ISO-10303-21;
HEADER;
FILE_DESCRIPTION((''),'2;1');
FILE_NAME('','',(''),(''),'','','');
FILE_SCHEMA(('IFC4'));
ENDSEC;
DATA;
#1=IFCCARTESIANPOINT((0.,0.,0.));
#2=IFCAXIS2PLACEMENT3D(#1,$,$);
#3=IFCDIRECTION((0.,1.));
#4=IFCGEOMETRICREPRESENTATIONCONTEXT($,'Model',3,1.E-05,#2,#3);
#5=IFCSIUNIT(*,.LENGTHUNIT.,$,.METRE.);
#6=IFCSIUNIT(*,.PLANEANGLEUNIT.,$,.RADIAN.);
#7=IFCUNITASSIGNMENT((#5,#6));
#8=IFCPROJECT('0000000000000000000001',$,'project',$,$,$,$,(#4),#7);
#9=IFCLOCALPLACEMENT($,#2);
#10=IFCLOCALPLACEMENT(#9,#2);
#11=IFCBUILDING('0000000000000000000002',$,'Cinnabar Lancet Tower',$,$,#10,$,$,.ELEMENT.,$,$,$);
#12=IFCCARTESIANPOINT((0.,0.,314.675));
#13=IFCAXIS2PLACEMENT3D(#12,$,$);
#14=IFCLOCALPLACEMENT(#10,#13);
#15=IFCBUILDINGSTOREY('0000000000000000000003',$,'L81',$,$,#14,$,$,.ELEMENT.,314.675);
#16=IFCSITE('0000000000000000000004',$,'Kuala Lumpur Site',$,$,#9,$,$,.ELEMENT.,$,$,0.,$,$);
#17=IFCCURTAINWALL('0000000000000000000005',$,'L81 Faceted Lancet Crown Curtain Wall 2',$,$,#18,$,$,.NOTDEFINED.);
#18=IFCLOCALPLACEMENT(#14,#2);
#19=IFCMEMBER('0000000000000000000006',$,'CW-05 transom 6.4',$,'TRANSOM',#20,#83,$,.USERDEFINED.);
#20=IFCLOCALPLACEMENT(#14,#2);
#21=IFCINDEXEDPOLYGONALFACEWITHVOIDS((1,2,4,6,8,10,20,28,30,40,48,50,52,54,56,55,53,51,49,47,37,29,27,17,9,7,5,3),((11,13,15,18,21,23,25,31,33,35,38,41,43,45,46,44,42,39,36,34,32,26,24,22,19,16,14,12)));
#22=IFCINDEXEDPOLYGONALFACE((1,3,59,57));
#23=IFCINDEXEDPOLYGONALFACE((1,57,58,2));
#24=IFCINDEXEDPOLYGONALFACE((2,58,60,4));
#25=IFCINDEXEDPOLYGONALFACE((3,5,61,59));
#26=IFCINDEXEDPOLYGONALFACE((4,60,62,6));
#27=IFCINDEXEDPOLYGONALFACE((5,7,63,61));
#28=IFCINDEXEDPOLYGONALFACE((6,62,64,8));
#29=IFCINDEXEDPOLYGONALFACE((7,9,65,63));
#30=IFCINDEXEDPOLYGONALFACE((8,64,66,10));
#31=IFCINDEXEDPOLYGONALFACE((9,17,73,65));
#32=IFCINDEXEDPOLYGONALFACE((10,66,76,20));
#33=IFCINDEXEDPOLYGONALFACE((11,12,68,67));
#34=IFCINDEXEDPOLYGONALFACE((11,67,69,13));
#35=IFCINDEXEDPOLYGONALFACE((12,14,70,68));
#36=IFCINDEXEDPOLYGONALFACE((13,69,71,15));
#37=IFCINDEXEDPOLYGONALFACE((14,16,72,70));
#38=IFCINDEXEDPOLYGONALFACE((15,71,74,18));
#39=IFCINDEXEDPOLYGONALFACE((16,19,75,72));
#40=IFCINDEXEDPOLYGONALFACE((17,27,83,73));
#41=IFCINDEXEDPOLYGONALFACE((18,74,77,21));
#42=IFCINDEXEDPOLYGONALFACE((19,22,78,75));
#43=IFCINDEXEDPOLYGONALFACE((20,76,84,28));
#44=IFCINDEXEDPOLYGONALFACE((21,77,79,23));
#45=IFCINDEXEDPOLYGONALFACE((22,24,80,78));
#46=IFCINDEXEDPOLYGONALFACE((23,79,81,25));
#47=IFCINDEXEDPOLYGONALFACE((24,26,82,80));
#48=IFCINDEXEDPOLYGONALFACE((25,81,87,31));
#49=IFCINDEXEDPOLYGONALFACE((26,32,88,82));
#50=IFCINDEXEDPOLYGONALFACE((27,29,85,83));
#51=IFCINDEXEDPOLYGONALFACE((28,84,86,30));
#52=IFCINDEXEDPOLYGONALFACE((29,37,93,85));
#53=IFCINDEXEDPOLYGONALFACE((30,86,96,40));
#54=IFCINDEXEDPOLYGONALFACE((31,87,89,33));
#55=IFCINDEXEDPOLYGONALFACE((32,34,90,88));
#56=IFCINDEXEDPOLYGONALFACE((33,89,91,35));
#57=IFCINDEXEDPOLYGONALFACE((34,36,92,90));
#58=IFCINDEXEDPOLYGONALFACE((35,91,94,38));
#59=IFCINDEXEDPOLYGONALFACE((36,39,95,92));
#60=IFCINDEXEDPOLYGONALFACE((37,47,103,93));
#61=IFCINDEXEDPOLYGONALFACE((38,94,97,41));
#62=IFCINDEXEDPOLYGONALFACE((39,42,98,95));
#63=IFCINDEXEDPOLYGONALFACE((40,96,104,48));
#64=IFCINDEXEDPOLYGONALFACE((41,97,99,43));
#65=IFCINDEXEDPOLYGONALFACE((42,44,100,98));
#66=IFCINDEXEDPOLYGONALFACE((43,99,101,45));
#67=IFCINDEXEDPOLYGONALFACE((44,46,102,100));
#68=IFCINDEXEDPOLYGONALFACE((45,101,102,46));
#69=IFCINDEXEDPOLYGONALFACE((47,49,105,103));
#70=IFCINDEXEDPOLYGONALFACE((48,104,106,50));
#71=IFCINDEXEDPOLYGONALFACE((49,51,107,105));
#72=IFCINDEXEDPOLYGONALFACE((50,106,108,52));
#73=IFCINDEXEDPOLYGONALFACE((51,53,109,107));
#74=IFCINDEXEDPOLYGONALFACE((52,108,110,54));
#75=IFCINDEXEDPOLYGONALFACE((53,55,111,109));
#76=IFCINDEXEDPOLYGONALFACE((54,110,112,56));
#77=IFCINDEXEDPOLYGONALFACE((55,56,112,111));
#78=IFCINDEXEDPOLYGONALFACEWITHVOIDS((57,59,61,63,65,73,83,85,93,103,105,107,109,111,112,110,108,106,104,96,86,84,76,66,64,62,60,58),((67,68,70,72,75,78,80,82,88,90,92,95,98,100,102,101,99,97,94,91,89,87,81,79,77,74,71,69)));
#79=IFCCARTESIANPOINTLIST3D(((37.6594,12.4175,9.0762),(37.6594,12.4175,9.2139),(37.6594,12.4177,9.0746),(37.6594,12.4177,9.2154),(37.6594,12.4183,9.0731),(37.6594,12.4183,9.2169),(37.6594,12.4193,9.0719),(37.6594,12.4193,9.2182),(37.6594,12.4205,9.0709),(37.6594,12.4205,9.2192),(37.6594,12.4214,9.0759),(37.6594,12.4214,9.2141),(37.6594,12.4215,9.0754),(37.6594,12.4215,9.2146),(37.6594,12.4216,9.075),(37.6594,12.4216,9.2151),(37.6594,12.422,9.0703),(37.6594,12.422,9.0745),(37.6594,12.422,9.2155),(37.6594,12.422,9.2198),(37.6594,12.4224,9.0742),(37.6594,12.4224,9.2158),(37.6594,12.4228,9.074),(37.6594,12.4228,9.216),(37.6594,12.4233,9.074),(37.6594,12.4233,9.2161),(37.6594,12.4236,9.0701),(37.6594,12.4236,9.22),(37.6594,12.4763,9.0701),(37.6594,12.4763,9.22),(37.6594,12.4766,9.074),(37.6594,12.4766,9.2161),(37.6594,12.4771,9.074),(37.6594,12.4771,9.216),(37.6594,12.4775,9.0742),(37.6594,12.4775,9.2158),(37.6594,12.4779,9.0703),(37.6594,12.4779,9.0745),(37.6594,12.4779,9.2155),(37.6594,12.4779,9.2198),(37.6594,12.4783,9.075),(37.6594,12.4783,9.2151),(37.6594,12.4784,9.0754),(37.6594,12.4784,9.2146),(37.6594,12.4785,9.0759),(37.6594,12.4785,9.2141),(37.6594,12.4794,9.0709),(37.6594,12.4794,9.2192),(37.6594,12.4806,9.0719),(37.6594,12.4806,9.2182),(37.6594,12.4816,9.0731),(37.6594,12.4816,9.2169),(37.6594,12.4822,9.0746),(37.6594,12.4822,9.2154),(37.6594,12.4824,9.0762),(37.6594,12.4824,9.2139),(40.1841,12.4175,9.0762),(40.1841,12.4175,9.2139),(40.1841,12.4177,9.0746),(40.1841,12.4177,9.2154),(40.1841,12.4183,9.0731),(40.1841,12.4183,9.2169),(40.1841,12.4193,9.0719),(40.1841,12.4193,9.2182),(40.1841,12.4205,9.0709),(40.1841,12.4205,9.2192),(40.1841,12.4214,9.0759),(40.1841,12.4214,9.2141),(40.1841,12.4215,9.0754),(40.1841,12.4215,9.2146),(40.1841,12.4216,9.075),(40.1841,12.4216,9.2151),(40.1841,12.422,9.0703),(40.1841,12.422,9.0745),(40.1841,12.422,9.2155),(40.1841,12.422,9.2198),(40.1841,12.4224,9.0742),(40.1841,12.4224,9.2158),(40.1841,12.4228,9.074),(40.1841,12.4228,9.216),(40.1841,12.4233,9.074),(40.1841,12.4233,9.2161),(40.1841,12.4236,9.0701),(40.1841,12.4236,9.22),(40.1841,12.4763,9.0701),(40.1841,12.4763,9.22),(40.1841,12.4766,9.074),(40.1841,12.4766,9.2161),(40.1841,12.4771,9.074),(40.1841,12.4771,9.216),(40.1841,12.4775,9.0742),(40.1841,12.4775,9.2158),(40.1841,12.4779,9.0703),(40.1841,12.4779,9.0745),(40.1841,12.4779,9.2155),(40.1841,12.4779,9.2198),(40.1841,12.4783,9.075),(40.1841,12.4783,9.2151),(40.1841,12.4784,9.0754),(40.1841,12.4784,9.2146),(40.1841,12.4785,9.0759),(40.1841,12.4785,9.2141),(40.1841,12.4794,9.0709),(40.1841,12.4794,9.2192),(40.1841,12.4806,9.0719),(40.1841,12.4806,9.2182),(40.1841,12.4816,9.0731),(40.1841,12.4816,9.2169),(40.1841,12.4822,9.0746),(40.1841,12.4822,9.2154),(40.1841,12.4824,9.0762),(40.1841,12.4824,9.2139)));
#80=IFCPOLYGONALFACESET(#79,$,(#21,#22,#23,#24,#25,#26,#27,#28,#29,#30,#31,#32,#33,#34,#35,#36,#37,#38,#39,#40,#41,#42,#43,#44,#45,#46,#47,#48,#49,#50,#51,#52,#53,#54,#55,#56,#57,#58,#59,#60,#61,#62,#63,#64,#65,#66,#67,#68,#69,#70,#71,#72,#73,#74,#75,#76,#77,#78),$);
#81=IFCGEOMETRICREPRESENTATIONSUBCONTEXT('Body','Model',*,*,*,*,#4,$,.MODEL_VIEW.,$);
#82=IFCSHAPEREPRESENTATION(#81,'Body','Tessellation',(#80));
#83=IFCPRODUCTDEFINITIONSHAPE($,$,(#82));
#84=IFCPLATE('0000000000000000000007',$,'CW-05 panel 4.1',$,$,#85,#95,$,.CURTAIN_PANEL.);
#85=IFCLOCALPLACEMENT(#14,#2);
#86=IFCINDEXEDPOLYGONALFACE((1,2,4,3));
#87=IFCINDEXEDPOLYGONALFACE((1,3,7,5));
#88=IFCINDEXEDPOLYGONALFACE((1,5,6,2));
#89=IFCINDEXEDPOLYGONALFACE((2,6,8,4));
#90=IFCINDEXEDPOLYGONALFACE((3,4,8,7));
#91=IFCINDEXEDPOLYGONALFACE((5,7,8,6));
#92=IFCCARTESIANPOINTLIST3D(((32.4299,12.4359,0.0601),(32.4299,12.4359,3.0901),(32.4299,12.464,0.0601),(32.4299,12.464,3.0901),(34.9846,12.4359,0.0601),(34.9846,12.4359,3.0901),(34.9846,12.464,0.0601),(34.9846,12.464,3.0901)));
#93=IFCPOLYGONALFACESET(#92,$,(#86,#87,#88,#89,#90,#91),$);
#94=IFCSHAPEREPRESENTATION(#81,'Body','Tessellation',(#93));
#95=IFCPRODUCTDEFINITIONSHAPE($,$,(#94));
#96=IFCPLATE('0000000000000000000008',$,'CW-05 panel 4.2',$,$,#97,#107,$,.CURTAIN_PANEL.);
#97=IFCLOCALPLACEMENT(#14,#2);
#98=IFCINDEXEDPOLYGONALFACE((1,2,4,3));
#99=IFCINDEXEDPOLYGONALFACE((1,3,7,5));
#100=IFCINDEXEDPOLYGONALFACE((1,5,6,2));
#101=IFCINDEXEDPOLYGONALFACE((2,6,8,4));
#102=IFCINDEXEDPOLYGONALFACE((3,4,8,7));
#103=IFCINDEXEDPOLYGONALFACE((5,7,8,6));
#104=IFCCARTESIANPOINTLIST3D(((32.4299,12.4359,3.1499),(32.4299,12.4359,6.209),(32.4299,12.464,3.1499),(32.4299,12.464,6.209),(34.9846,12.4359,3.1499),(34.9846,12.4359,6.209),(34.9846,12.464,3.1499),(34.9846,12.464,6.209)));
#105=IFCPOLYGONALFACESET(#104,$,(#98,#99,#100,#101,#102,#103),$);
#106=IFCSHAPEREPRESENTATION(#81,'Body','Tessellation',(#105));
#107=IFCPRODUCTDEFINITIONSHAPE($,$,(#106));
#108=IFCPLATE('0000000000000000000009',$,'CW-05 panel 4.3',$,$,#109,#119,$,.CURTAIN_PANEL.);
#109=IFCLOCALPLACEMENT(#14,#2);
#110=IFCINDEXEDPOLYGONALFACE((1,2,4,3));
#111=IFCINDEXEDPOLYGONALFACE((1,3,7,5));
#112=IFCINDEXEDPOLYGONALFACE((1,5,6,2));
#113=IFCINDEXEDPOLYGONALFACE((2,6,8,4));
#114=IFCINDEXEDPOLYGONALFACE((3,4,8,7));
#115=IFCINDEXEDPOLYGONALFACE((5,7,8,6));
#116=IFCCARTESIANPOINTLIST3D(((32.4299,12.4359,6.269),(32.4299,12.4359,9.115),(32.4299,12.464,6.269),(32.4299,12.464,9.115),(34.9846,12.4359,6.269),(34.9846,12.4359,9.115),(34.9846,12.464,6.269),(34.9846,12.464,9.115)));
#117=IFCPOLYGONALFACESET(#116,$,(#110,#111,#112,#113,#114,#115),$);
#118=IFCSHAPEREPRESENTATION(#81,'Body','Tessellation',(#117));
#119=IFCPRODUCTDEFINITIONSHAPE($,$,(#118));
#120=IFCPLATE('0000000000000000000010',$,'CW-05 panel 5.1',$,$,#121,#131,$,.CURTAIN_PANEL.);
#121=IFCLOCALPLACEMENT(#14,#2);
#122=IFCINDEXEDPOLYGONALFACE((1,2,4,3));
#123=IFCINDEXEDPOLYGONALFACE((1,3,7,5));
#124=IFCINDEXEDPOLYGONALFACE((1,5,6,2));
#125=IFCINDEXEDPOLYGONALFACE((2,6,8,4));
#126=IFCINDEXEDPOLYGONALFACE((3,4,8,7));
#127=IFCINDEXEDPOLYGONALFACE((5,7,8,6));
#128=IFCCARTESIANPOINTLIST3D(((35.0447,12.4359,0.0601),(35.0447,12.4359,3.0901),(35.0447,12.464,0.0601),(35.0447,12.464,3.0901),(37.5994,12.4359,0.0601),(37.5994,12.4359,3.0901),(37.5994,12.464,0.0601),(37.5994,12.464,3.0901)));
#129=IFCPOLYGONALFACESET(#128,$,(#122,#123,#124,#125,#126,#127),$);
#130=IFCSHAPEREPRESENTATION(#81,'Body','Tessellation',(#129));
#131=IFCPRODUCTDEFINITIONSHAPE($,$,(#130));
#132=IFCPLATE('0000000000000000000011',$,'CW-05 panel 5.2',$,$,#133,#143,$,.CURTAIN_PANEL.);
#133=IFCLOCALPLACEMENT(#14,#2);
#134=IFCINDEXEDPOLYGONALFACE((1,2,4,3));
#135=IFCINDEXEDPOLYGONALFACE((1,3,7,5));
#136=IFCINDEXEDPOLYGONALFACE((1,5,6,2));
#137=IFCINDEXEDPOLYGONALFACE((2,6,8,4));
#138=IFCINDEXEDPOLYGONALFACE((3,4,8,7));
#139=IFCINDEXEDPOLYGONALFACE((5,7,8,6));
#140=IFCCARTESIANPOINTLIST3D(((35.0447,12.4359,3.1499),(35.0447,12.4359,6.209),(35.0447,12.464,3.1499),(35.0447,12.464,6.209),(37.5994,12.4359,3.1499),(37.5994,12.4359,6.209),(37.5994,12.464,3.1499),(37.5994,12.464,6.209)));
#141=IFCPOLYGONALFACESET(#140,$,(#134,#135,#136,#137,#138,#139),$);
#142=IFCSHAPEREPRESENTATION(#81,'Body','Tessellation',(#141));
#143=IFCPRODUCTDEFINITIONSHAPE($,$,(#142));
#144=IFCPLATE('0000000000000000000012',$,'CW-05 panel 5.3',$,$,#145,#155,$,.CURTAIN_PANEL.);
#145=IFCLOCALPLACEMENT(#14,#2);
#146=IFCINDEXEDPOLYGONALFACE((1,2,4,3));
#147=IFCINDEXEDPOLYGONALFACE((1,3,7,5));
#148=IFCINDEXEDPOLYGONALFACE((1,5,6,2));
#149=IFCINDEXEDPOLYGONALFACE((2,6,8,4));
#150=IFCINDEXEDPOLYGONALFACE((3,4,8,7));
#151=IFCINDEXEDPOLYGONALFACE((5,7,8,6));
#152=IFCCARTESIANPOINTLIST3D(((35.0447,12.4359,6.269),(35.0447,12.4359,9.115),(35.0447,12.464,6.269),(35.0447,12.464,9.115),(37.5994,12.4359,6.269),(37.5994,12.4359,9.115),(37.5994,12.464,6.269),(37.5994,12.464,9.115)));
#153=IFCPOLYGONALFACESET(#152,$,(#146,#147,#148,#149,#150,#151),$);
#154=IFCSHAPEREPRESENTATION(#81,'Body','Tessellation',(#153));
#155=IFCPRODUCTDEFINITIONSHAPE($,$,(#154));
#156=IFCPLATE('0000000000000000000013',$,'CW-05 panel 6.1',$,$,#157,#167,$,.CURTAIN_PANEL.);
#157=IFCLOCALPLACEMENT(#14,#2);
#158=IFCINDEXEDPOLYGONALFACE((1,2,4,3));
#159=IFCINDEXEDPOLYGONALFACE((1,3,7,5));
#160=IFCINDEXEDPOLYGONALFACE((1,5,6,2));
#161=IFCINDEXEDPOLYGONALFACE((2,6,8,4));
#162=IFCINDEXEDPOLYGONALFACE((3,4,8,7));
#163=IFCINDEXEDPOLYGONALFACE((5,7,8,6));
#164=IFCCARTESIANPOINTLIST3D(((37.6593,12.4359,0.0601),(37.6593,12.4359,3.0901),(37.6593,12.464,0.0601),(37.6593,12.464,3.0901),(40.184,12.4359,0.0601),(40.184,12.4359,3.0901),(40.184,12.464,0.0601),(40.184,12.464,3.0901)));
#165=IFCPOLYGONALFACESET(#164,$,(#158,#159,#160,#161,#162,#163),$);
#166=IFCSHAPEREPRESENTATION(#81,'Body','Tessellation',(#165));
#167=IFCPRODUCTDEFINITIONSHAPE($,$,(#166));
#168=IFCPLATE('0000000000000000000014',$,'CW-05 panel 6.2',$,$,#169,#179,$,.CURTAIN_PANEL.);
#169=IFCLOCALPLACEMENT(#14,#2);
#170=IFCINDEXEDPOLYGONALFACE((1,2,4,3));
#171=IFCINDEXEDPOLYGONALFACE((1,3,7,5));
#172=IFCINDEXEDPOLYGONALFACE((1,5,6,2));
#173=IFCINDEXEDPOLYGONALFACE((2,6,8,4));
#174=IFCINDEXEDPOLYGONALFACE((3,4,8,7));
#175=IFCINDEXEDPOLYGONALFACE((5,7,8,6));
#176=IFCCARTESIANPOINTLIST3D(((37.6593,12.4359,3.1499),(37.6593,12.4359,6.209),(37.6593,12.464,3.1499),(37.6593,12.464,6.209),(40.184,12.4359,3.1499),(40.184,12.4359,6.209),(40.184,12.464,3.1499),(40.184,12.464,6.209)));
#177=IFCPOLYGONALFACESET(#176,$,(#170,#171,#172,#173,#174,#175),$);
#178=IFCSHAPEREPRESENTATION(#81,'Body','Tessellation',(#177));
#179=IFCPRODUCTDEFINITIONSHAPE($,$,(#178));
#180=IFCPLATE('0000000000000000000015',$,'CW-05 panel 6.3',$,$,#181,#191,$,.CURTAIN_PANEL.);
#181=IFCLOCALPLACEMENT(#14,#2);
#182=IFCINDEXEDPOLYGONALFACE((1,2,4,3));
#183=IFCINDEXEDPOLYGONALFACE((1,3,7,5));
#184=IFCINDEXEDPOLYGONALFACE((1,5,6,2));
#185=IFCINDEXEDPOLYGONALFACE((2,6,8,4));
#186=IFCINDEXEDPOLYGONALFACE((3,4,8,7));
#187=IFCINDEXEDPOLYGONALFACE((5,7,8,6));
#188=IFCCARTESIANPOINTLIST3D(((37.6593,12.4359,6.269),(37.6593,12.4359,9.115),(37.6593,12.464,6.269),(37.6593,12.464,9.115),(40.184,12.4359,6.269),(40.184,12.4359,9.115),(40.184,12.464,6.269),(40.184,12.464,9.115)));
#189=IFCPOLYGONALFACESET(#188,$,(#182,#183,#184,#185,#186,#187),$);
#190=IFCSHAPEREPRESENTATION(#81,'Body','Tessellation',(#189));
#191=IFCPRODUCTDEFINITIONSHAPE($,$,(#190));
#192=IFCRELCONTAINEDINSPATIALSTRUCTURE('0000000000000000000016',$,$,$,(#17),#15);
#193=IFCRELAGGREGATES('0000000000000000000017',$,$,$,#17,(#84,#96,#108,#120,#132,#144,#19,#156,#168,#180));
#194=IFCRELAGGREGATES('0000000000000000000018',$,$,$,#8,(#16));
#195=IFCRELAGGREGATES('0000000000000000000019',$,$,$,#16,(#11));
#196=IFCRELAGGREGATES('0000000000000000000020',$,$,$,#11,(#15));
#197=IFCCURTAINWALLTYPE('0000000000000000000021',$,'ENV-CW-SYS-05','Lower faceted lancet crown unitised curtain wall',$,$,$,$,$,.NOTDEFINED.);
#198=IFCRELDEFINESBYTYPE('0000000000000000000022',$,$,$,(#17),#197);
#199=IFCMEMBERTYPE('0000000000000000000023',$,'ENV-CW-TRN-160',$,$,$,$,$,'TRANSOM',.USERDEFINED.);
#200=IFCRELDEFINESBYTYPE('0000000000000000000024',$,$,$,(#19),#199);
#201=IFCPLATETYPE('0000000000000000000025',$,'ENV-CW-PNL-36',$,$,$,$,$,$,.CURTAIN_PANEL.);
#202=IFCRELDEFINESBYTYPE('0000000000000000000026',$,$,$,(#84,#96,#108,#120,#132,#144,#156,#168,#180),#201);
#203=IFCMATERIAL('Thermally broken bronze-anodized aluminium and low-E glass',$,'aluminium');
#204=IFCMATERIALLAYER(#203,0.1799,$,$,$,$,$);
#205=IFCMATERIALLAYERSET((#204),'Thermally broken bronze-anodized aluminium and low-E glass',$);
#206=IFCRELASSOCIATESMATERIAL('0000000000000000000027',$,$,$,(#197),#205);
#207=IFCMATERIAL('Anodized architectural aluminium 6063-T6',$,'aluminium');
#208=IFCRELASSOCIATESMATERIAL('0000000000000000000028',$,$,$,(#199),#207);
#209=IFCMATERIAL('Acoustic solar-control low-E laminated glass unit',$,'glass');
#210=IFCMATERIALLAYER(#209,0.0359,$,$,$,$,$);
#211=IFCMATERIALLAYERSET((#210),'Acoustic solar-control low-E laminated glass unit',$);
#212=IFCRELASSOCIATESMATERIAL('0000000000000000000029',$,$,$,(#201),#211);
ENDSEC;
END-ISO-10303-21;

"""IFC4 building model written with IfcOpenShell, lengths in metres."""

from ifc_helpers import new_model, si_unit, direction, frame, origin, origin_2d, place, context, subcontext, project, spatial, rectangle, hollow_rectangle, extrude, material, layer, layer_set, material_profile, profile_set, type_object, element, aggregate, save


model = new_model("IFC4")

# Units and contexts
model_context = context("Model", 3, precision=1e-05, world=origin(), true_north=direction((0.0, 1.0)))
body_context = subcontext(model_context, "Body", "Model", "MODEL_VIEW")
ifc_project = project(units=[si_unit("LENGTHUNIT", "METRE"), si_unit("PLANEANGLEUNIT", "RADIAN")], contexts=[model_context])

# Site, building, storey
site_placement = place(None, origin())
site = spatial("IfcSite", under=ifc_project, at=site_placement, Name="Kuala Lumpur Site", CompositionType="ELEMENT", RefElevation=0.0)
building_placement = place(site_placement, origin())
building = spatial("IfcBuilding", under=site, at=building_placement, Name="Cinnabar Lancet Tower", CompositionType="ELEMENT")
storey_placement = place(building_placement, frame((0.0, 0.0, 314.675)))
storey = spatial("IfcBuildingStorey", under=building, at=storey_placement, Name="L81", CompositionType="ELEMENT", Elevation=314.675)

# Curtain wall
ifc_material_1 = material(Name="Thermally broken bronze-anodized aluminium and low-E glass", Category="aluminium")
ifc_layer_1 = layer(ifc_material_1, 0.1799)
ifc_layer_set_1 = layer_set([ifc_layer_1], Name="Thermally broken bronze-anodized aluminium and low-E glass")
curtain_wall_type = type_object("IfcCurtainWallType", Name="ENV-CW-SYS-05", Description="Lower faceted lancet crown unitised curtain wall", PredefinedType="NOTDEFINED", material=ifc_layer_set_1)
curtain_wall_1_placement = place(storey_placement, origin())
curtain_wall_1 = element("IfcCurtainWall", 1, at=curtain_wall_1_placement, inside=storey, type_object=curtain_wall_type, Name="L81 Faceted Lancet Crown Curtain Wall 2", PredefinedType="NOTDEFINED")

# Member
ifc_material_2 = material(Name="Anodized architectural aluminium 6063-T6", Category="aluminium")
ifc_material_profile_1 = material_profile(ifc_material_2, hollow_rectangle(XDim=0.0649, YDim=0.1499, WallThickness=0.0039, InnerFilletRadius=0.002, OuterFilletRadius=0.0061, at=origin_2d()), Name="CW-TRN 150x65x4")
ifc_profile_set_1 = profile_set([ifc_material_profile_1], Name="Anodized architectural aluminium 6063-T6")
member_type_1 = type_object("IfcMemberType", Name="ENV-CW-TRN-160", ElementType="TRANSOM", PredefinedType="USERDEFINED", material=ifc_profile_set_1)
member_1_placement = place(storey_placement, frame((37.6594, 12.45, 9.145), z_axis=(1.0, 0.0, 0.0), x_axis=(0.0, 1.0, 0.0)))
member_1 = element("IfcMember", 2, at=member_1_placement, type_object=member_type_1, Name="CW-05 transom 6.4", ObjectType="TRANSOM", PredefinedType="USERDEFINED", context=body_context, shape_type="SweptSolid", body=[
    extrude(hollow_rectangle(XDim=0.0649, YDim=0.1499, WallThickness=0.0039, InnerFilletRadius=0.002, OuterFilletRadius=0.0061, at=origin_2d()), origin(), (0.0, 0.0, 1.0), 2.5247),
])

# Plates
ifc_material_3 = material(Name="Acoustic solar-control low-E laminated glass unit", Category="glass")
ifc_layer_2 = layer(ifc_material_3, 0.0359)
ifc_layer_set_2 = layer_set([ifc_layer_2], Name="Acoustic solar-control low-E laminated glass unit")
plate_type = type_object("IfcPlateType", Name="ENV-CW-PNL-36", PredefinedType="CURTAIN_PANEL", material=ifc_layer_set_2)
plate_1_placement = place(storey_placement, frame((33.7073, 12.45, 0.0601), z_axis=(0.0, 0.0, 1.0), x_axis=(1.0, 0.0, 0.0)))
plate_1 = element("IfcPlate", 3, at=plate_1_placement, type_object=plate_type, Name="CW-05 panel 4.1", PredefinedType="CURTAIN_PANEL", context=body_context, shape_type="SweptSolid", body=[
    extrude(rectangle(XDim=2.5547, YDim=0.0281, at=origin_2d()), origin(), (0.0, 0.0, 1.0), 3.03),
])
plate_2_placement = place(storey_placement, frame((33.7073, 12.45, 3.1499), z_axis=(0.0, 0.0, 1.0), x_axis=(1.0, 0.0, 0.0)))
plate_2 = element("IfcPlate", 4, at=plate_2_placement, type_object=plate_type, Name="CW-05 panel 4.2", PredefinedType="CURTAIN_PANEL", context=body_context, shape_type="SweptSolid", body=[
    extrude(rectangle(XDim=2.5547, YDim=0.0281, at=origin_2d()), origin(), (0.0, 0.0, 1.0), 3.0591),
])
plate_3_placement = place(storey_placement, frame((33.7073, 12.45, 6.269), z_axis=(0.0, 0.0, 1.0), x_axis=(1.0, 0.0, 0.0)))
plate_3 = element("IfcPlate", 5, at=plate_3_placement, type_object=plate_type, Name="CW-05 panel 4.3", PredefinedType="CURTAIN_PANEL", context=body_context, shape_type="SweptSolid", body=[
    extrude(rectangle(XDim=2.5547, YDim=0.0281, at=origin_2d()), origin(), (0.0, 0.0, 1.0), 2.8459),
])
plate_4_placement = place(storey_placement, frame((36.322, 12.45, 0.0601), z_axis=(0.0, 0.0, 1.0), x_axis=(1.0, 0.0, 0.0)))
plate_4 = element("IfcPlate", 6, at=plate_4_placement, type_object=plate_type, Name="CW-05 panel 5.1", PredefinedType="CURTAIN_PANEL", context=body_context, shape_type="SweptSolid", body=[
    extrude(rectangle(XDim=2.5547, YDim=0.0281, at=origin_2d()), origin(), (0.0, 0.0, 1.0), 3.03),
])
plate_5_placement = place(storey_placement, frame((36.322, 12.45, 3.1499), z_axis=(0.0, 0.0, 1.0), x_axis=(1.0, 0.0, 0.0)))
plate_5 = element("IfcPlate", 7, at=plate_5_placement, type_object=plate_type, Name="CW-05 panel 5.2", PredefinedType="CURTAIN_PANEL", context=body_context, shape_type="SweptSolid", body=[
    extrude(rectangle(XDim=2.5547, YDim=0.0281, at=origin_2d()), origin(), (0.0, 0.0, 1.0), 3.0591),
])
plate_6_placement = place(storey_placement, frame((36.322, 12.45, 6.269), z_axis=(0.0, 0.0, 1.0), x_axis=(1.0, 0.0, 0.0)))
plate_6 = element("IfcPlate", 8, at=plate_6_placement, type_object=plate_type, Name="CW-05 panel 5.3", PredefinedType="CURTAIN_PANEL", context=body_context, shape_type="SweptSolid", body=[
    extrude(rectangle(XDim=2.5547, YDim=0.0281, at=origin_2d()), origin(), (0.0, 0.0, 1.0), 2.8459),
])
plate_7_placement = place(storey_placement, frame((38.9216, 12.45, 0.0601), z_axis=(0.0, 0.0, 1.0), x_axis=(1.0, 0.0, 0.0)))
plate_7 = element("IfcPlate", 9, at=plate_7_placement, type_object=plate_type, Name="CW-05 panel 6.1", PredefinedType="CURTAIN_PANEL", context=body_context, shape_type="SweptSolid", body=[
    extrude(rectangle(XDim=2.5247, YDim=0.0281, at=origin_2d()), origin(), (0.0, 0.0, 1.0), 3.03),
])
plate_8_placement = place(storey_placement, frame((38.9216, 12.45, 3.1499), z_axis=(0.0, 0.0, 1.0), x_axis=(1.0, 0.0, 0.0)))
plate_8 = element("IfcPlate", 10, at=plate_8_placement, type_object=plate_type, Name="CW-05 panel 6.2", PredefinedType="CURTAIN_PANEL", context=body_context, shape_type="SweptSolid", body=[
    extrude(rectangle(XDim=2.5247, YDim=0.0281, at=origin_2d()), origin(), (0.0, 0.0, 1.0), 3.0591),
])
plate_9_placement = place(storey_placement, frame((38.9216, 12.45, 6.269), z_axis=(0.0, 0.0, 1.0), x_axis=(1.0, 0.0, 0.0)))
plate_9 = element("IfcPlate", 11, at=plate_9_placement, type_object=plate_type, Name="CW-05 panel 6.3", PredefinedType="CURTAIN_PANEL", context=body_context, shape_type="SweptSolid", body=[
    extrude(rectangle(XDim=2.5247, YDim=0.0281, at=origin_2d()), origin(), (0.0, 0.0, 1.0), 2.8459),
])
aggregate(curtain_wall_1, [plate_1, plate_2, plate_3, plate_4, plate_5, plate_6, member_1, plate_7, plate_8, plate_9])

save(model, "model.ifc")
